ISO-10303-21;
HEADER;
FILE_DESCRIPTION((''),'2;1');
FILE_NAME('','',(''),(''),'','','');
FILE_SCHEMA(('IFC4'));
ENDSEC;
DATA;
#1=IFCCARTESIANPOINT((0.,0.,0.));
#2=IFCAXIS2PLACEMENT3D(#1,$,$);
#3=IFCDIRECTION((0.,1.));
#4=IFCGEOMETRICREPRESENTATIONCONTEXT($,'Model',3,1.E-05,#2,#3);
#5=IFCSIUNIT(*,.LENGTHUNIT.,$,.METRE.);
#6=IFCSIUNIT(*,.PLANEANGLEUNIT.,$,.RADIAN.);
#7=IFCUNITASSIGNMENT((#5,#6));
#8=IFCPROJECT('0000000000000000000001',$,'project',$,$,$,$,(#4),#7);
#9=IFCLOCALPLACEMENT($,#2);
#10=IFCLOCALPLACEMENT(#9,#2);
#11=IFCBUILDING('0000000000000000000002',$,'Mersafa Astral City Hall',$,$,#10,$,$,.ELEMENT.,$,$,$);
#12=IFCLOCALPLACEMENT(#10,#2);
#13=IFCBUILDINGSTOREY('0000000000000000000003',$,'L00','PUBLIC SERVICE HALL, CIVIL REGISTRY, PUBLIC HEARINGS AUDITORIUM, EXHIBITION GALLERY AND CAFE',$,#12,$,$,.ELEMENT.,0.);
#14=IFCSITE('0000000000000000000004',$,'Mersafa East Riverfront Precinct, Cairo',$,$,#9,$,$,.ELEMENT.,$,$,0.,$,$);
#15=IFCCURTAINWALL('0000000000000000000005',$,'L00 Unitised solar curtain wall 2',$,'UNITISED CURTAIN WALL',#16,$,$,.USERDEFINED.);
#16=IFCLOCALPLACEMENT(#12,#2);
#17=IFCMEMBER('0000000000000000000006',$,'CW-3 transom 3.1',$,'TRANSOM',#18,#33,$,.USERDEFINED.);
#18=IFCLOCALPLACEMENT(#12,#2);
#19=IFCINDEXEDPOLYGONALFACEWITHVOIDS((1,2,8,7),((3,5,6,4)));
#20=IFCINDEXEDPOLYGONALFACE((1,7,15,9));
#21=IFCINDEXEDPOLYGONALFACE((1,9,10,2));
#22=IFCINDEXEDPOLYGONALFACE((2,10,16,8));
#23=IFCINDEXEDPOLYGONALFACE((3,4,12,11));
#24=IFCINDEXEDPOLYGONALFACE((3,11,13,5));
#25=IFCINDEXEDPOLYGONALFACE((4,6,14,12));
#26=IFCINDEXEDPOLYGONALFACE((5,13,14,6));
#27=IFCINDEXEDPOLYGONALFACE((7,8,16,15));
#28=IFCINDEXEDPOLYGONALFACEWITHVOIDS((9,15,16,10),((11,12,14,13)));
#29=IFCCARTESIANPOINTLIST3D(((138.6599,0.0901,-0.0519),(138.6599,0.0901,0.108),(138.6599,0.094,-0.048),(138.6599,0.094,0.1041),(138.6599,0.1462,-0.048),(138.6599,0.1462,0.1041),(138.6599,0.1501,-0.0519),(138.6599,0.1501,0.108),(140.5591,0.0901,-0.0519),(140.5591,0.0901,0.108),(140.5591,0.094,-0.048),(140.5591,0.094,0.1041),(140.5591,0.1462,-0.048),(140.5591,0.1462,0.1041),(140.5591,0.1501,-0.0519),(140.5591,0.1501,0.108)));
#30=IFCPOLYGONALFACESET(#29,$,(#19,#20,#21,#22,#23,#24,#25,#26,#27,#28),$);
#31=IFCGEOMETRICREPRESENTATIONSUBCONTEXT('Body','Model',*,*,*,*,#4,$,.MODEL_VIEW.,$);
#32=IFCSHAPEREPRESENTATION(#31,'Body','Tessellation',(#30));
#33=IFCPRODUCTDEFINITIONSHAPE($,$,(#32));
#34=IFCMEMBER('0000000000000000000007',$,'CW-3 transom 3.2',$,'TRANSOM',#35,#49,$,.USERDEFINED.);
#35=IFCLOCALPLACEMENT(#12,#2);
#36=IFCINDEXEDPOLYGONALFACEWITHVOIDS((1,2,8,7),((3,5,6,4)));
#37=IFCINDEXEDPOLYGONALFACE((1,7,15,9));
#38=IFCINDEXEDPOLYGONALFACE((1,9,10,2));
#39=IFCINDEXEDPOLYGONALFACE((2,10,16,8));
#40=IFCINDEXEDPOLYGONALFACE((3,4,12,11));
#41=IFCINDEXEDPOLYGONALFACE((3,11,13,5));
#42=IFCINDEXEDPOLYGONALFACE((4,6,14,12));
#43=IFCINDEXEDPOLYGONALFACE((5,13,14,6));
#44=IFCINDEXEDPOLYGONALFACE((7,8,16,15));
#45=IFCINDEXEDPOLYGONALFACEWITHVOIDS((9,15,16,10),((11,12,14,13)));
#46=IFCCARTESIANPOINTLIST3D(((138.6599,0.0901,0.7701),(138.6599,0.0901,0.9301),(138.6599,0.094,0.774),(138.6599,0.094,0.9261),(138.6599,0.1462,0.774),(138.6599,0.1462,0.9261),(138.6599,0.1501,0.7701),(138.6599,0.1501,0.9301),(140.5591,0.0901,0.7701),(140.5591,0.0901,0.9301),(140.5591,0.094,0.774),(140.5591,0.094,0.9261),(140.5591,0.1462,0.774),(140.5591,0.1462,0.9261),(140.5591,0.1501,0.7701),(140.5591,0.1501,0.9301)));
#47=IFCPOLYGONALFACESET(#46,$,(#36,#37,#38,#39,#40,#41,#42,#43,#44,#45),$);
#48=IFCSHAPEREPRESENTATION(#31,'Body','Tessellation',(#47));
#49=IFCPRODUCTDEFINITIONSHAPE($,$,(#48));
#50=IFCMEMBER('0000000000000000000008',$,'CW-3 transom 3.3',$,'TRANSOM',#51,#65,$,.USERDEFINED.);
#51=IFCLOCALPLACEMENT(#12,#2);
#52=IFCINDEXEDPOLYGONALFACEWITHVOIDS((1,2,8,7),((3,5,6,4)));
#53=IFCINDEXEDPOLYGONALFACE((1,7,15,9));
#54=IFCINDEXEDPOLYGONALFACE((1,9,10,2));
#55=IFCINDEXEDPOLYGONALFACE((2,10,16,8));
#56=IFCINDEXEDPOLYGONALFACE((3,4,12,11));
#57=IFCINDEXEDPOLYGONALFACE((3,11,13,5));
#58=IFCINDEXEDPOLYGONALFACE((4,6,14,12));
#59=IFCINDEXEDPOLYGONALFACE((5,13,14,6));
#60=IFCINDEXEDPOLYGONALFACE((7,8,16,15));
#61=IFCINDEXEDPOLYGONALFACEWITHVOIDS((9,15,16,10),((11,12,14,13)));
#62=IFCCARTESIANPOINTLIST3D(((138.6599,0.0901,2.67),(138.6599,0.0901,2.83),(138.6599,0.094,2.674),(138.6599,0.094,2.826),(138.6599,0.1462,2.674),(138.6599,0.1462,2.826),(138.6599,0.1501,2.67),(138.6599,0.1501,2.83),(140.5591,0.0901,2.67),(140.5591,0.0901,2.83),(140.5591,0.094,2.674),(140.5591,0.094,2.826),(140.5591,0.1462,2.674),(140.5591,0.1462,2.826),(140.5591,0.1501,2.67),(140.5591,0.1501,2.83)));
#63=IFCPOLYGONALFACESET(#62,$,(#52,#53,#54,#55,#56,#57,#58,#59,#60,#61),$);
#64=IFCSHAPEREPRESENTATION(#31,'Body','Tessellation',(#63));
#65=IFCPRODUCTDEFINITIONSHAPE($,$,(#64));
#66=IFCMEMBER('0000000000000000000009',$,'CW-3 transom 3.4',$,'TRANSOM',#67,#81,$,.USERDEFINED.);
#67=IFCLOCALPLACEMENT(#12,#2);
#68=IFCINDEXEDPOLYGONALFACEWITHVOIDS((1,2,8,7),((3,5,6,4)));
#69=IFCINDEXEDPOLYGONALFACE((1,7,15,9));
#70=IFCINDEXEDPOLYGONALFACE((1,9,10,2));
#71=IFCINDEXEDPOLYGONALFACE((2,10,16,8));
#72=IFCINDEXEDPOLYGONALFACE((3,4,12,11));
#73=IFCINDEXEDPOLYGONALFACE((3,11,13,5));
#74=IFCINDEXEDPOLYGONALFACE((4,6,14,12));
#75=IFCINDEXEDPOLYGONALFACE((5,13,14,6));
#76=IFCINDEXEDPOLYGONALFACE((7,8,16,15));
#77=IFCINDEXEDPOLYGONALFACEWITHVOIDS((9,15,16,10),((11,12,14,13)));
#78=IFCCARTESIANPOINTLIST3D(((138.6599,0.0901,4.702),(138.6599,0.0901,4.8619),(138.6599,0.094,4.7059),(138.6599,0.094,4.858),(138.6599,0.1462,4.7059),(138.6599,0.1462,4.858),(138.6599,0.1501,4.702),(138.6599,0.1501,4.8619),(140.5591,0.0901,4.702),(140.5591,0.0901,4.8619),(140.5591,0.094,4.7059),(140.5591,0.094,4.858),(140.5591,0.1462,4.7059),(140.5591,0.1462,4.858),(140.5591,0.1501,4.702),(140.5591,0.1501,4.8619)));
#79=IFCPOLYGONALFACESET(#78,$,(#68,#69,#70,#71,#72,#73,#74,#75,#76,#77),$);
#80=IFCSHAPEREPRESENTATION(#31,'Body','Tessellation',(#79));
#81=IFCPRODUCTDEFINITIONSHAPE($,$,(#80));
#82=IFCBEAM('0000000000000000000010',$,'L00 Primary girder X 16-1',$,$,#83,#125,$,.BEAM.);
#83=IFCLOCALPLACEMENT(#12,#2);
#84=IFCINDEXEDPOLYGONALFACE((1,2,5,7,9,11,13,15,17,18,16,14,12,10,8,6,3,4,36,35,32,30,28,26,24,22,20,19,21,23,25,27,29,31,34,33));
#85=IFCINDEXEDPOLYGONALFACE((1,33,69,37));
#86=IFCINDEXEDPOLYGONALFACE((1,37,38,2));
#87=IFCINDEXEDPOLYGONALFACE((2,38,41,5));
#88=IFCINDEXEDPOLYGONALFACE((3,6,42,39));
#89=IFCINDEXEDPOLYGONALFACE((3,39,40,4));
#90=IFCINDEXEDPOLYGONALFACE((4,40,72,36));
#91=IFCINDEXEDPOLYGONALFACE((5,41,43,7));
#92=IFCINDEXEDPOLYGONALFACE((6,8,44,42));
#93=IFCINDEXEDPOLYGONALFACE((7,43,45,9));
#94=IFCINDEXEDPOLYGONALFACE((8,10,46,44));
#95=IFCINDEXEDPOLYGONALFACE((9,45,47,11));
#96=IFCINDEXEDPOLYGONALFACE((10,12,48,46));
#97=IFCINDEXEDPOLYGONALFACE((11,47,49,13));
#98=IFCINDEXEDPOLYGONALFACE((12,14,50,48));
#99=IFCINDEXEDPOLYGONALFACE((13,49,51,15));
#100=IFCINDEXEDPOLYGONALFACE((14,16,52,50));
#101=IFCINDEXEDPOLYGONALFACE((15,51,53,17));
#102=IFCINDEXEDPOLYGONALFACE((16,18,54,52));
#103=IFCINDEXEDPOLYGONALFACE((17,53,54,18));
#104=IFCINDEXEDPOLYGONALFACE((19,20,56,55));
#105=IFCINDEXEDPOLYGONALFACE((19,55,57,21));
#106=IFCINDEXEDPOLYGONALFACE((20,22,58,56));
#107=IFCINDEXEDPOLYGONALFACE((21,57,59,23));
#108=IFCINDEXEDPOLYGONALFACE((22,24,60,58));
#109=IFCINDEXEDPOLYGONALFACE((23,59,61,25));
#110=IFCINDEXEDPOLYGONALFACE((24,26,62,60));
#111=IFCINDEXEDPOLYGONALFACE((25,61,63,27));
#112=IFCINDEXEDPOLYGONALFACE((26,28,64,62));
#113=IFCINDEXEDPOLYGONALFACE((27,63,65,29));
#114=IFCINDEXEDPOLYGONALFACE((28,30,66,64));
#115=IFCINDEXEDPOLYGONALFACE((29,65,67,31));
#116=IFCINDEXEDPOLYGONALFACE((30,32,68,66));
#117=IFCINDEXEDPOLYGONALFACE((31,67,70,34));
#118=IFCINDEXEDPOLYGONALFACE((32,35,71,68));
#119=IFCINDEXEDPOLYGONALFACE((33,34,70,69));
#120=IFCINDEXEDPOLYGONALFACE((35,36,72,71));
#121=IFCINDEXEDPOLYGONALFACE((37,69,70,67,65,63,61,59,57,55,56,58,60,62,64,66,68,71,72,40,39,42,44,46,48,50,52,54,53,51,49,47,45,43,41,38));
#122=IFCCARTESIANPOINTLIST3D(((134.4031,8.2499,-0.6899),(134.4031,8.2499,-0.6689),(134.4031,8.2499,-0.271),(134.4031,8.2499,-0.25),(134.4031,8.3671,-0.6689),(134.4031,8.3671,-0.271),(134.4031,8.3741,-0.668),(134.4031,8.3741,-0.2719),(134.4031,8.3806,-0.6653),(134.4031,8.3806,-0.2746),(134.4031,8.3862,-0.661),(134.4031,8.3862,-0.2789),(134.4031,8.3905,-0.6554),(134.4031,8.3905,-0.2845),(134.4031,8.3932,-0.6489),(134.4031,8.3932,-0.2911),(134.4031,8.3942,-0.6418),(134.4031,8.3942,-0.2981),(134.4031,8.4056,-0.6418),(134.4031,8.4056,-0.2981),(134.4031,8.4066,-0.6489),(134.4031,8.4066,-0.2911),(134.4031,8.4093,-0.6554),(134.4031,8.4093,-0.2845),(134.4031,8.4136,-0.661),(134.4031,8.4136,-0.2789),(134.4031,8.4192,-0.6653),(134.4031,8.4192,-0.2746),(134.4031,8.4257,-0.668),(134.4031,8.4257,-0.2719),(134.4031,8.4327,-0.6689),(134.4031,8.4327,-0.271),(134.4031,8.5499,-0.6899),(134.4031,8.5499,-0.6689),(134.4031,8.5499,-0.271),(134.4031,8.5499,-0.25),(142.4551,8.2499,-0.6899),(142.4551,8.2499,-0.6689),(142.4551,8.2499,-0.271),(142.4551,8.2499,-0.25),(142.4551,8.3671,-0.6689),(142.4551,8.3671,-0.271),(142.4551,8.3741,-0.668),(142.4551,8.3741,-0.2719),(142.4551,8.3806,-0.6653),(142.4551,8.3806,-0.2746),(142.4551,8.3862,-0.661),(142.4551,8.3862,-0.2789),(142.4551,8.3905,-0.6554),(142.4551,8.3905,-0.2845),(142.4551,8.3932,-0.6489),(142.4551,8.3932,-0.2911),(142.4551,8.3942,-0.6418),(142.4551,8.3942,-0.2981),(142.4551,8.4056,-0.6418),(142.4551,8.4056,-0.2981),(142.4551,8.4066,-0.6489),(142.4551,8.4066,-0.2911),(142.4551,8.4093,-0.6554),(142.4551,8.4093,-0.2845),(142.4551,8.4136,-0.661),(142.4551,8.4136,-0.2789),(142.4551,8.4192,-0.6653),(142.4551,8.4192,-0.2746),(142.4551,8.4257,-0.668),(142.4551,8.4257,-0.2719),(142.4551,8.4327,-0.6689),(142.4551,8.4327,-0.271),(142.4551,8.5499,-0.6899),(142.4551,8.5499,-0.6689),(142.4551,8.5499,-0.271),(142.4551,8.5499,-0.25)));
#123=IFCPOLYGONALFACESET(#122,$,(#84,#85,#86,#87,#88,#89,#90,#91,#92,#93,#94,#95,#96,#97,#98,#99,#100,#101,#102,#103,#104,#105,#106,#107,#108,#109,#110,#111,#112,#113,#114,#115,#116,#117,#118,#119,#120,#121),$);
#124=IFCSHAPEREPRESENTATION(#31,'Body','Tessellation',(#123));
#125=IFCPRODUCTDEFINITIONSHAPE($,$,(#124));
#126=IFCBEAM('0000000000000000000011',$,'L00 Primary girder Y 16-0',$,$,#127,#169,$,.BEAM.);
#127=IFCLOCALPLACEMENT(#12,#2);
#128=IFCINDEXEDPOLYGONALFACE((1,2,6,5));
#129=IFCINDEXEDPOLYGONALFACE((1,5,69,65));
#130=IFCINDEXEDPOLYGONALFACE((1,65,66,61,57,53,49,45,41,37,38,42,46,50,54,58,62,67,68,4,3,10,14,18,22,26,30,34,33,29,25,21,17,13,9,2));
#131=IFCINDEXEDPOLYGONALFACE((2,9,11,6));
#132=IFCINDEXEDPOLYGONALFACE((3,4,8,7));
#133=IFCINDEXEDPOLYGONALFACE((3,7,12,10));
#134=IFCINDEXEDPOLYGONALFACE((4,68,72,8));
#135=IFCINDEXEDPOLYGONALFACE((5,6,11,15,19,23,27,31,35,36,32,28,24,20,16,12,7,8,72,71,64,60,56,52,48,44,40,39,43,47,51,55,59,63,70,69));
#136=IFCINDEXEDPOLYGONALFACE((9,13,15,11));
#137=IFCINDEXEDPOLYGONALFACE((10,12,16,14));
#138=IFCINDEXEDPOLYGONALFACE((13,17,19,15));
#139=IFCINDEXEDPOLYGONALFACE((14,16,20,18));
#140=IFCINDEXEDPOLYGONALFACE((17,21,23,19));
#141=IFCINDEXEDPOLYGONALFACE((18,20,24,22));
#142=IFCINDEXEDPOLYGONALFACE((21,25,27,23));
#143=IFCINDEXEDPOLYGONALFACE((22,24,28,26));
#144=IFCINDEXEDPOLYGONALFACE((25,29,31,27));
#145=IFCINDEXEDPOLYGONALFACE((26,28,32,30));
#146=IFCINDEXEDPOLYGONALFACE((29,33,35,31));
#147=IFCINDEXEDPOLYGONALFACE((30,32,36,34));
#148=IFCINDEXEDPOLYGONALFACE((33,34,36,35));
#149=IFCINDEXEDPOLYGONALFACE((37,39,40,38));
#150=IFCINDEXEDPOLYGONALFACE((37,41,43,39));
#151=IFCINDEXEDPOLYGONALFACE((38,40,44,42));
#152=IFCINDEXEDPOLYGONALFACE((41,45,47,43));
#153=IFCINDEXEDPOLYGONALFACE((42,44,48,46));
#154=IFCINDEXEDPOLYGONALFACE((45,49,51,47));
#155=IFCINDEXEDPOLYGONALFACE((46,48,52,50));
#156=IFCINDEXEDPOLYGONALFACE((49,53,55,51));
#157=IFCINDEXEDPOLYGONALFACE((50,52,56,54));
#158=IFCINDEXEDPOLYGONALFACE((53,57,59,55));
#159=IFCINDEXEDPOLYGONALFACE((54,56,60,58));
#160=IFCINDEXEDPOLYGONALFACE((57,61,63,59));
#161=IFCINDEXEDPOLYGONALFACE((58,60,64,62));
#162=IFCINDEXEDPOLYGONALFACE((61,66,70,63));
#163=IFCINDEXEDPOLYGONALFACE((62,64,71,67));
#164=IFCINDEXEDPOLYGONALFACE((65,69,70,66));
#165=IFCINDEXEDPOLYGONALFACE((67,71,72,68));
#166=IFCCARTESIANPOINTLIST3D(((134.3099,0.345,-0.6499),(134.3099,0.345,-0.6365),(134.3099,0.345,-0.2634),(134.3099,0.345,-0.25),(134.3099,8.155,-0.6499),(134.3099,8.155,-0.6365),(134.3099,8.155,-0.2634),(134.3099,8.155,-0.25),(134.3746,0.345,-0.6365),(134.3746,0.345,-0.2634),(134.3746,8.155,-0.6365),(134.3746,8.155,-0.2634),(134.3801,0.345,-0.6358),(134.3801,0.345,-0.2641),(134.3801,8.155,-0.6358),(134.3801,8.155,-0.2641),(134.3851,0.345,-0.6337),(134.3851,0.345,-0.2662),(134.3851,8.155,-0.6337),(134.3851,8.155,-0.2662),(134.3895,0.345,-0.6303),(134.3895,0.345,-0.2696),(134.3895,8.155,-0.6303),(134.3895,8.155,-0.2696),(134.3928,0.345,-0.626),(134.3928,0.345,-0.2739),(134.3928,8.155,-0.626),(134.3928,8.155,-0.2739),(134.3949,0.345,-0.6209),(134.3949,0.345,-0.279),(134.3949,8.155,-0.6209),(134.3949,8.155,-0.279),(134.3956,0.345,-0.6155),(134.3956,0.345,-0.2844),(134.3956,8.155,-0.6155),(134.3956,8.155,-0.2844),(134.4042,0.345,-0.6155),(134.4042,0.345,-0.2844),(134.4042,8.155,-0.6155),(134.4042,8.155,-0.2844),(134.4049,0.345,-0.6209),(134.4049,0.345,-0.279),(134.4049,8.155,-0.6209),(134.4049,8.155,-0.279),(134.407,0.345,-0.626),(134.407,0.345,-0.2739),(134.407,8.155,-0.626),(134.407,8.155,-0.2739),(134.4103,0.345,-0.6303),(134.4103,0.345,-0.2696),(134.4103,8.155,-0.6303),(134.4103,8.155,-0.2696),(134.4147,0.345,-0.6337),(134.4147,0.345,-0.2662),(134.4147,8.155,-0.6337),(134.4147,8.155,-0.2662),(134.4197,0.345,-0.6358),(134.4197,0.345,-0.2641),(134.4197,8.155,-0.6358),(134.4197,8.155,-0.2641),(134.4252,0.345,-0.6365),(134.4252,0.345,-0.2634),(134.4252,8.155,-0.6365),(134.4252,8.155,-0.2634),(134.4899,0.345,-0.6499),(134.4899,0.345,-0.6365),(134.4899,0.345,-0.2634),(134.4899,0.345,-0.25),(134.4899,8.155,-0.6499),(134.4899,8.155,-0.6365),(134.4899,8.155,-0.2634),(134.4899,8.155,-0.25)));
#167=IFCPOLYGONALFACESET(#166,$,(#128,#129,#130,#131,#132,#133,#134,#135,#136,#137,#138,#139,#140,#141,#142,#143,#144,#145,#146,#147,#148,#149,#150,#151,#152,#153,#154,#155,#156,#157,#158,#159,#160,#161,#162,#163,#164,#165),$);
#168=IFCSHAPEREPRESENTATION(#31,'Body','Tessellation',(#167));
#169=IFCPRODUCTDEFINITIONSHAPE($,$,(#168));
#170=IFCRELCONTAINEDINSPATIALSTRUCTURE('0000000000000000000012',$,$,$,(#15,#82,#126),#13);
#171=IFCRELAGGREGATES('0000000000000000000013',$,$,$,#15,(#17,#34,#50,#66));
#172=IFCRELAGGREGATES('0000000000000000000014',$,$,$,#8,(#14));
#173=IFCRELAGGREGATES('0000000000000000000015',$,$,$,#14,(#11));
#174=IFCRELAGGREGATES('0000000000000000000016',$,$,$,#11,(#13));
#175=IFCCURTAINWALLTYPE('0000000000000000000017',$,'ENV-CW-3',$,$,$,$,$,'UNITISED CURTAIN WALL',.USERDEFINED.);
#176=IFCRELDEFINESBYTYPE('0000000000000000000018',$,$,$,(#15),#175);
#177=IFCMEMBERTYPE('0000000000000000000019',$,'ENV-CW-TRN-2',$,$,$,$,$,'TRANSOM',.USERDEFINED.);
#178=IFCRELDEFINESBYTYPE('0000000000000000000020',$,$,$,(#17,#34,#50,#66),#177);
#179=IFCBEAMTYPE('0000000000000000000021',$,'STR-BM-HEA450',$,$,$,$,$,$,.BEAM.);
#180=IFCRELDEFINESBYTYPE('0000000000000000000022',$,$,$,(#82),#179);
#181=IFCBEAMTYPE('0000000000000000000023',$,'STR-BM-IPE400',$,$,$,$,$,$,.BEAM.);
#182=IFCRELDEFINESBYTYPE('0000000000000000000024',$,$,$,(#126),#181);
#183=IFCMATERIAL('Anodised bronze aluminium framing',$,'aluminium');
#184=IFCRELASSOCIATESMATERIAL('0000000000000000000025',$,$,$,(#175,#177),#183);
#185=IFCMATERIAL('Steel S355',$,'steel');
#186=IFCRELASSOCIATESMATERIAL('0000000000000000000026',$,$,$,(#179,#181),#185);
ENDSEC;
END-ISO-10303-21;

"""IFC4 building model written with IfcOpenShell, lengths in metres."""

from ifc_helpers import new_model, si_unit, direction, frame, origin, origin_2d, place, context, subcontext, project, spatial, hollow_rectangle, i_section, extrude, material, material_profile, profile_set, type_object, element, aggregate, save


model = new_model("IFC4")

# Units and contexts
model_context = context("Model", 3, precision=1e-05, world=origin(), true_north=direction((0.0, 1.0)))
body_context = subcontext(model_context, "Body", "Model", "MODEL_VIEW")
ifc_project = project(units=[si_unit("LENGTHUNIT", "METRE"), si_unit("PLANEANGLEUNIT", "RADIAN")], contexts=[model_context])

# Site, building, storey
site_placement = place(None, origin())
site = spatial("IfcSite", under=ifc_project, at=site_placement, Name="Mersafa East Riverfront Precinct, Cairo", CompositionType="ELEMENT", RefElevation=0.0)
building_placement = place(site_placement, origin())
building = spatial("IfcBuilding", under=site, at=building_placement, Name="Mersafa Astral City Hall", CompositionType="ELEMENT")
storey_placement = place(building_placement, origin())
storey = spatial("IfcBuildingStorey", under=building, at=storey_placement, Name="L00", Description="PUBLIC SERVICE HALL, CIVIL REGISTRY, PUBLIC HEARINGS AUDITORIUM, EXHIBITION GALLERY AND CAFE", CompositionType="ELEMENT", Elevation=0.0)

# Shared definitions
ifc_material_1 = material(Name="Steel S355", Category="steel")

# Curtain wall, members
ifc_material_2 = material(Name="Anodised bronze aluminium framing", Category="aluminium")
curtain_wall_type = type_object("IfcCurtainWallType", Name="ENV-CW-3", ElementType="UNITISED CURTAIN WALL", PredefinedType="USERDEFINED", material=ifc_material_2)
curtain_wall_placement = place(storey_placement, origin())
curtain_wall = element("IfcCurtainWall", 1, at=curtain_wall_placement, inside=storey, type_object=curtain_wall_type, Name="L00 Unitised solar curtain wall 2", ObjectType="UNITISED CURTAIN WALL", PredefinedType="USERDEFINED")
ifc_material_profile_1 = material_profile(ifc_material_2, hollow_rectangle(XDim=0.0601, YDim=0.1599, WallThickness=0.0039, at=origin_2d()), Name="RHS 60x160x4")
ifc_profile_set_1 = profile_set([ifc_material_profile_1], Name="Anodised bronze aluminium framing")
member_type_1 = type_object("IfcMemberType", Name="ENV-CW-TRN-2", ElementType="TRANSOM", PredefinedType="USERDEFINED", material=ifc_profile_set_1)
member_1_placement = place(storey_placement, frame((138.6599, 0.1201, 0.0281), z_axis=(1.0, 0.0, 0.0), x_axis=(0.0, 1.0, 0.0)))
member_1 = element("IfcMember", 2, at=member_1_placement, type_object=member_type_1, Name="CW-3 transom 3.1", ObjectType="TRANSOM", PredefinedType="USERDEFINED", context=body_context, shape_type="SweptSolid", body=[
    extrude(hollow_rectangle(XDim=0.0601, YDim=0.1599, WallThickness=0.0039, at=origin_2d()), origin(), (0.0, 0.0, 1.0), 1.8992),
])
member_2_placement = place(storey_placement, frame((138.6599, 0.1201, 0.8501), z_axis=(1.0, 0.0, 0.0), x_axis=(0.0, 1.0, 0.0)))
member_2 = element("IfcMember", 3, at=member_2_placement, type_object=member_type_1, Name="CW-3 transom 3.2", ObjectType="TRANSOM", PredefinedType="USERDEFINED", context=body_context, shape_type="SweptSolid", body=[
    extrude(hollow_rectangle(XDim=0.0601, YDim=0.1599, WallThickness=0.0039, at=origin_2d()), origin(), (0.0, 0.0, 1.0), 1.8992),
])
member_3_placement = place(storey_placement, frame((138.6599, 0.1201, 2.75), z_axis=(1.0, 0.0, 0.0), x_axis=(0.0, 1.0, 0.0)))
member_3 = element("IfcMember", 4, at=member_3_placement, type_object=member_type_1, Name="CW-3 transom 3.3", ObjectType="TRANSOM", PredefinedType="USERDEFINED", context=body_context, shape_type="SweptSolid", body=[
    extrude(hollow_rectangle(XDim=0.0601, YDim=0.1599, WallThickness=0.0039, at=origin_2d()), origin(), (0.0, 0.0, 1.0), 1.8992),
])
member_4_placement = place(storey_placement, frame((138.6599, 0.1201, 4.782), z_axis=(1.0, 0.0, 0.0), x_axis=(0.0, 1.0, 0.0)))
member_4 = element("IfcMember", 5, at=member_4_placement, type_object=member_type_1, Name="CW-3 transom 3.4", ObjectType="TRANSOM", PredefinedType="USERDEFINED", context=body_context, shape_type="SweptSolid", body=[
    extrude(hollow_rectangle(XDim=0.0601, YDim=0.1599, WallThickness=0.0039, at=origin_2d()), origin(), (0.0, 0.0, 1.0), 1.8992),
])

# Beams
ifc_material_profile_2 = material_profile(ifc_material_1, i_section(OverallWidth=0.3, OverallDepth=0.4399, WebThickness=0.0115, FlangeThickness=0.021, FilletRadius=0.0271, at=origin_2d()), Name="HEA 450")
ifc_profile_set_2 = profile_set([ifc_material_profile_2], Name="Steel S355")
beam_type_1 = type_object("IfcBeamType", Name="STR-BM-HEA450", PredefinedType="BEAM", material=ifc_profile_set_2)
beam_1_placement = place(storey_placement, frame((134.4031, 8.3999, -0.47), z_axis=(1.0, 0.0, 0.0), x_axis=(0.0, 1.0, 0.0)))
element("IfcBeam", 6, at=beam_1_placement, inside=storey, type_object=beam_type_1, Name="L00 Primary girder X 16-1", PredefinedType="BEAM", context=body_context, shape_type="SweptSolid", body=[
    extrude(i_section(OverallWidth=0.3, OverallDepth=0.4399, WebThickness=0.0115, FlangeThickness=0.021, FilletRadius=0.0271, at=origin_2d()), origin(), (0.0, 0.0, 1.0), 8.052),
])
ifc_material_profile_3 = material_profile(ifc_material_1, i_section(OverallWidth=0.1799, OverallDepth=0.3999, WebThickness=0.0085, FlangeThickness=0.0134, FilletRadius=0.021, at=origin_2d()), Name="IPE 400")
ifc_profile_set_3 = profile_set([ifc_material_profile_3], Name="Steel S355")
beam_type_2 = type_object("IfcBeamType", Name="STR-BM-IPE400", PredefinedType="BEAM", material=ifc_profile_set_3)
beam_2_placement = place(storey_placement, frame((134.3999, 0.345, -0.45), z_axis=(0.0, 1.0, 0.0), x_axis=(-1.0, 0.0, 0.0)))
element("IfcBeam", 7, at=beam_2_placement, inside=storey, type_object=beam_type_2, Name="L00 Primary girder Y 16-0", PredefinedType="BEAM", context=body_context, shape_type="SweptSolid", body=[
    extrude(i_section(OverallWidth=0.1799, OverallDepth=0.3999, WebThickness=0.0085, FlangeThickness=0.0134, FilletRadius=0.021, at=origin_2d()), origin(), (0.0, 0.0, 1.0), 7.8101),
])

aggregate(curtain_wall, [member_1, member_2, member_3, member_4])

save(model, "model.ifc")
